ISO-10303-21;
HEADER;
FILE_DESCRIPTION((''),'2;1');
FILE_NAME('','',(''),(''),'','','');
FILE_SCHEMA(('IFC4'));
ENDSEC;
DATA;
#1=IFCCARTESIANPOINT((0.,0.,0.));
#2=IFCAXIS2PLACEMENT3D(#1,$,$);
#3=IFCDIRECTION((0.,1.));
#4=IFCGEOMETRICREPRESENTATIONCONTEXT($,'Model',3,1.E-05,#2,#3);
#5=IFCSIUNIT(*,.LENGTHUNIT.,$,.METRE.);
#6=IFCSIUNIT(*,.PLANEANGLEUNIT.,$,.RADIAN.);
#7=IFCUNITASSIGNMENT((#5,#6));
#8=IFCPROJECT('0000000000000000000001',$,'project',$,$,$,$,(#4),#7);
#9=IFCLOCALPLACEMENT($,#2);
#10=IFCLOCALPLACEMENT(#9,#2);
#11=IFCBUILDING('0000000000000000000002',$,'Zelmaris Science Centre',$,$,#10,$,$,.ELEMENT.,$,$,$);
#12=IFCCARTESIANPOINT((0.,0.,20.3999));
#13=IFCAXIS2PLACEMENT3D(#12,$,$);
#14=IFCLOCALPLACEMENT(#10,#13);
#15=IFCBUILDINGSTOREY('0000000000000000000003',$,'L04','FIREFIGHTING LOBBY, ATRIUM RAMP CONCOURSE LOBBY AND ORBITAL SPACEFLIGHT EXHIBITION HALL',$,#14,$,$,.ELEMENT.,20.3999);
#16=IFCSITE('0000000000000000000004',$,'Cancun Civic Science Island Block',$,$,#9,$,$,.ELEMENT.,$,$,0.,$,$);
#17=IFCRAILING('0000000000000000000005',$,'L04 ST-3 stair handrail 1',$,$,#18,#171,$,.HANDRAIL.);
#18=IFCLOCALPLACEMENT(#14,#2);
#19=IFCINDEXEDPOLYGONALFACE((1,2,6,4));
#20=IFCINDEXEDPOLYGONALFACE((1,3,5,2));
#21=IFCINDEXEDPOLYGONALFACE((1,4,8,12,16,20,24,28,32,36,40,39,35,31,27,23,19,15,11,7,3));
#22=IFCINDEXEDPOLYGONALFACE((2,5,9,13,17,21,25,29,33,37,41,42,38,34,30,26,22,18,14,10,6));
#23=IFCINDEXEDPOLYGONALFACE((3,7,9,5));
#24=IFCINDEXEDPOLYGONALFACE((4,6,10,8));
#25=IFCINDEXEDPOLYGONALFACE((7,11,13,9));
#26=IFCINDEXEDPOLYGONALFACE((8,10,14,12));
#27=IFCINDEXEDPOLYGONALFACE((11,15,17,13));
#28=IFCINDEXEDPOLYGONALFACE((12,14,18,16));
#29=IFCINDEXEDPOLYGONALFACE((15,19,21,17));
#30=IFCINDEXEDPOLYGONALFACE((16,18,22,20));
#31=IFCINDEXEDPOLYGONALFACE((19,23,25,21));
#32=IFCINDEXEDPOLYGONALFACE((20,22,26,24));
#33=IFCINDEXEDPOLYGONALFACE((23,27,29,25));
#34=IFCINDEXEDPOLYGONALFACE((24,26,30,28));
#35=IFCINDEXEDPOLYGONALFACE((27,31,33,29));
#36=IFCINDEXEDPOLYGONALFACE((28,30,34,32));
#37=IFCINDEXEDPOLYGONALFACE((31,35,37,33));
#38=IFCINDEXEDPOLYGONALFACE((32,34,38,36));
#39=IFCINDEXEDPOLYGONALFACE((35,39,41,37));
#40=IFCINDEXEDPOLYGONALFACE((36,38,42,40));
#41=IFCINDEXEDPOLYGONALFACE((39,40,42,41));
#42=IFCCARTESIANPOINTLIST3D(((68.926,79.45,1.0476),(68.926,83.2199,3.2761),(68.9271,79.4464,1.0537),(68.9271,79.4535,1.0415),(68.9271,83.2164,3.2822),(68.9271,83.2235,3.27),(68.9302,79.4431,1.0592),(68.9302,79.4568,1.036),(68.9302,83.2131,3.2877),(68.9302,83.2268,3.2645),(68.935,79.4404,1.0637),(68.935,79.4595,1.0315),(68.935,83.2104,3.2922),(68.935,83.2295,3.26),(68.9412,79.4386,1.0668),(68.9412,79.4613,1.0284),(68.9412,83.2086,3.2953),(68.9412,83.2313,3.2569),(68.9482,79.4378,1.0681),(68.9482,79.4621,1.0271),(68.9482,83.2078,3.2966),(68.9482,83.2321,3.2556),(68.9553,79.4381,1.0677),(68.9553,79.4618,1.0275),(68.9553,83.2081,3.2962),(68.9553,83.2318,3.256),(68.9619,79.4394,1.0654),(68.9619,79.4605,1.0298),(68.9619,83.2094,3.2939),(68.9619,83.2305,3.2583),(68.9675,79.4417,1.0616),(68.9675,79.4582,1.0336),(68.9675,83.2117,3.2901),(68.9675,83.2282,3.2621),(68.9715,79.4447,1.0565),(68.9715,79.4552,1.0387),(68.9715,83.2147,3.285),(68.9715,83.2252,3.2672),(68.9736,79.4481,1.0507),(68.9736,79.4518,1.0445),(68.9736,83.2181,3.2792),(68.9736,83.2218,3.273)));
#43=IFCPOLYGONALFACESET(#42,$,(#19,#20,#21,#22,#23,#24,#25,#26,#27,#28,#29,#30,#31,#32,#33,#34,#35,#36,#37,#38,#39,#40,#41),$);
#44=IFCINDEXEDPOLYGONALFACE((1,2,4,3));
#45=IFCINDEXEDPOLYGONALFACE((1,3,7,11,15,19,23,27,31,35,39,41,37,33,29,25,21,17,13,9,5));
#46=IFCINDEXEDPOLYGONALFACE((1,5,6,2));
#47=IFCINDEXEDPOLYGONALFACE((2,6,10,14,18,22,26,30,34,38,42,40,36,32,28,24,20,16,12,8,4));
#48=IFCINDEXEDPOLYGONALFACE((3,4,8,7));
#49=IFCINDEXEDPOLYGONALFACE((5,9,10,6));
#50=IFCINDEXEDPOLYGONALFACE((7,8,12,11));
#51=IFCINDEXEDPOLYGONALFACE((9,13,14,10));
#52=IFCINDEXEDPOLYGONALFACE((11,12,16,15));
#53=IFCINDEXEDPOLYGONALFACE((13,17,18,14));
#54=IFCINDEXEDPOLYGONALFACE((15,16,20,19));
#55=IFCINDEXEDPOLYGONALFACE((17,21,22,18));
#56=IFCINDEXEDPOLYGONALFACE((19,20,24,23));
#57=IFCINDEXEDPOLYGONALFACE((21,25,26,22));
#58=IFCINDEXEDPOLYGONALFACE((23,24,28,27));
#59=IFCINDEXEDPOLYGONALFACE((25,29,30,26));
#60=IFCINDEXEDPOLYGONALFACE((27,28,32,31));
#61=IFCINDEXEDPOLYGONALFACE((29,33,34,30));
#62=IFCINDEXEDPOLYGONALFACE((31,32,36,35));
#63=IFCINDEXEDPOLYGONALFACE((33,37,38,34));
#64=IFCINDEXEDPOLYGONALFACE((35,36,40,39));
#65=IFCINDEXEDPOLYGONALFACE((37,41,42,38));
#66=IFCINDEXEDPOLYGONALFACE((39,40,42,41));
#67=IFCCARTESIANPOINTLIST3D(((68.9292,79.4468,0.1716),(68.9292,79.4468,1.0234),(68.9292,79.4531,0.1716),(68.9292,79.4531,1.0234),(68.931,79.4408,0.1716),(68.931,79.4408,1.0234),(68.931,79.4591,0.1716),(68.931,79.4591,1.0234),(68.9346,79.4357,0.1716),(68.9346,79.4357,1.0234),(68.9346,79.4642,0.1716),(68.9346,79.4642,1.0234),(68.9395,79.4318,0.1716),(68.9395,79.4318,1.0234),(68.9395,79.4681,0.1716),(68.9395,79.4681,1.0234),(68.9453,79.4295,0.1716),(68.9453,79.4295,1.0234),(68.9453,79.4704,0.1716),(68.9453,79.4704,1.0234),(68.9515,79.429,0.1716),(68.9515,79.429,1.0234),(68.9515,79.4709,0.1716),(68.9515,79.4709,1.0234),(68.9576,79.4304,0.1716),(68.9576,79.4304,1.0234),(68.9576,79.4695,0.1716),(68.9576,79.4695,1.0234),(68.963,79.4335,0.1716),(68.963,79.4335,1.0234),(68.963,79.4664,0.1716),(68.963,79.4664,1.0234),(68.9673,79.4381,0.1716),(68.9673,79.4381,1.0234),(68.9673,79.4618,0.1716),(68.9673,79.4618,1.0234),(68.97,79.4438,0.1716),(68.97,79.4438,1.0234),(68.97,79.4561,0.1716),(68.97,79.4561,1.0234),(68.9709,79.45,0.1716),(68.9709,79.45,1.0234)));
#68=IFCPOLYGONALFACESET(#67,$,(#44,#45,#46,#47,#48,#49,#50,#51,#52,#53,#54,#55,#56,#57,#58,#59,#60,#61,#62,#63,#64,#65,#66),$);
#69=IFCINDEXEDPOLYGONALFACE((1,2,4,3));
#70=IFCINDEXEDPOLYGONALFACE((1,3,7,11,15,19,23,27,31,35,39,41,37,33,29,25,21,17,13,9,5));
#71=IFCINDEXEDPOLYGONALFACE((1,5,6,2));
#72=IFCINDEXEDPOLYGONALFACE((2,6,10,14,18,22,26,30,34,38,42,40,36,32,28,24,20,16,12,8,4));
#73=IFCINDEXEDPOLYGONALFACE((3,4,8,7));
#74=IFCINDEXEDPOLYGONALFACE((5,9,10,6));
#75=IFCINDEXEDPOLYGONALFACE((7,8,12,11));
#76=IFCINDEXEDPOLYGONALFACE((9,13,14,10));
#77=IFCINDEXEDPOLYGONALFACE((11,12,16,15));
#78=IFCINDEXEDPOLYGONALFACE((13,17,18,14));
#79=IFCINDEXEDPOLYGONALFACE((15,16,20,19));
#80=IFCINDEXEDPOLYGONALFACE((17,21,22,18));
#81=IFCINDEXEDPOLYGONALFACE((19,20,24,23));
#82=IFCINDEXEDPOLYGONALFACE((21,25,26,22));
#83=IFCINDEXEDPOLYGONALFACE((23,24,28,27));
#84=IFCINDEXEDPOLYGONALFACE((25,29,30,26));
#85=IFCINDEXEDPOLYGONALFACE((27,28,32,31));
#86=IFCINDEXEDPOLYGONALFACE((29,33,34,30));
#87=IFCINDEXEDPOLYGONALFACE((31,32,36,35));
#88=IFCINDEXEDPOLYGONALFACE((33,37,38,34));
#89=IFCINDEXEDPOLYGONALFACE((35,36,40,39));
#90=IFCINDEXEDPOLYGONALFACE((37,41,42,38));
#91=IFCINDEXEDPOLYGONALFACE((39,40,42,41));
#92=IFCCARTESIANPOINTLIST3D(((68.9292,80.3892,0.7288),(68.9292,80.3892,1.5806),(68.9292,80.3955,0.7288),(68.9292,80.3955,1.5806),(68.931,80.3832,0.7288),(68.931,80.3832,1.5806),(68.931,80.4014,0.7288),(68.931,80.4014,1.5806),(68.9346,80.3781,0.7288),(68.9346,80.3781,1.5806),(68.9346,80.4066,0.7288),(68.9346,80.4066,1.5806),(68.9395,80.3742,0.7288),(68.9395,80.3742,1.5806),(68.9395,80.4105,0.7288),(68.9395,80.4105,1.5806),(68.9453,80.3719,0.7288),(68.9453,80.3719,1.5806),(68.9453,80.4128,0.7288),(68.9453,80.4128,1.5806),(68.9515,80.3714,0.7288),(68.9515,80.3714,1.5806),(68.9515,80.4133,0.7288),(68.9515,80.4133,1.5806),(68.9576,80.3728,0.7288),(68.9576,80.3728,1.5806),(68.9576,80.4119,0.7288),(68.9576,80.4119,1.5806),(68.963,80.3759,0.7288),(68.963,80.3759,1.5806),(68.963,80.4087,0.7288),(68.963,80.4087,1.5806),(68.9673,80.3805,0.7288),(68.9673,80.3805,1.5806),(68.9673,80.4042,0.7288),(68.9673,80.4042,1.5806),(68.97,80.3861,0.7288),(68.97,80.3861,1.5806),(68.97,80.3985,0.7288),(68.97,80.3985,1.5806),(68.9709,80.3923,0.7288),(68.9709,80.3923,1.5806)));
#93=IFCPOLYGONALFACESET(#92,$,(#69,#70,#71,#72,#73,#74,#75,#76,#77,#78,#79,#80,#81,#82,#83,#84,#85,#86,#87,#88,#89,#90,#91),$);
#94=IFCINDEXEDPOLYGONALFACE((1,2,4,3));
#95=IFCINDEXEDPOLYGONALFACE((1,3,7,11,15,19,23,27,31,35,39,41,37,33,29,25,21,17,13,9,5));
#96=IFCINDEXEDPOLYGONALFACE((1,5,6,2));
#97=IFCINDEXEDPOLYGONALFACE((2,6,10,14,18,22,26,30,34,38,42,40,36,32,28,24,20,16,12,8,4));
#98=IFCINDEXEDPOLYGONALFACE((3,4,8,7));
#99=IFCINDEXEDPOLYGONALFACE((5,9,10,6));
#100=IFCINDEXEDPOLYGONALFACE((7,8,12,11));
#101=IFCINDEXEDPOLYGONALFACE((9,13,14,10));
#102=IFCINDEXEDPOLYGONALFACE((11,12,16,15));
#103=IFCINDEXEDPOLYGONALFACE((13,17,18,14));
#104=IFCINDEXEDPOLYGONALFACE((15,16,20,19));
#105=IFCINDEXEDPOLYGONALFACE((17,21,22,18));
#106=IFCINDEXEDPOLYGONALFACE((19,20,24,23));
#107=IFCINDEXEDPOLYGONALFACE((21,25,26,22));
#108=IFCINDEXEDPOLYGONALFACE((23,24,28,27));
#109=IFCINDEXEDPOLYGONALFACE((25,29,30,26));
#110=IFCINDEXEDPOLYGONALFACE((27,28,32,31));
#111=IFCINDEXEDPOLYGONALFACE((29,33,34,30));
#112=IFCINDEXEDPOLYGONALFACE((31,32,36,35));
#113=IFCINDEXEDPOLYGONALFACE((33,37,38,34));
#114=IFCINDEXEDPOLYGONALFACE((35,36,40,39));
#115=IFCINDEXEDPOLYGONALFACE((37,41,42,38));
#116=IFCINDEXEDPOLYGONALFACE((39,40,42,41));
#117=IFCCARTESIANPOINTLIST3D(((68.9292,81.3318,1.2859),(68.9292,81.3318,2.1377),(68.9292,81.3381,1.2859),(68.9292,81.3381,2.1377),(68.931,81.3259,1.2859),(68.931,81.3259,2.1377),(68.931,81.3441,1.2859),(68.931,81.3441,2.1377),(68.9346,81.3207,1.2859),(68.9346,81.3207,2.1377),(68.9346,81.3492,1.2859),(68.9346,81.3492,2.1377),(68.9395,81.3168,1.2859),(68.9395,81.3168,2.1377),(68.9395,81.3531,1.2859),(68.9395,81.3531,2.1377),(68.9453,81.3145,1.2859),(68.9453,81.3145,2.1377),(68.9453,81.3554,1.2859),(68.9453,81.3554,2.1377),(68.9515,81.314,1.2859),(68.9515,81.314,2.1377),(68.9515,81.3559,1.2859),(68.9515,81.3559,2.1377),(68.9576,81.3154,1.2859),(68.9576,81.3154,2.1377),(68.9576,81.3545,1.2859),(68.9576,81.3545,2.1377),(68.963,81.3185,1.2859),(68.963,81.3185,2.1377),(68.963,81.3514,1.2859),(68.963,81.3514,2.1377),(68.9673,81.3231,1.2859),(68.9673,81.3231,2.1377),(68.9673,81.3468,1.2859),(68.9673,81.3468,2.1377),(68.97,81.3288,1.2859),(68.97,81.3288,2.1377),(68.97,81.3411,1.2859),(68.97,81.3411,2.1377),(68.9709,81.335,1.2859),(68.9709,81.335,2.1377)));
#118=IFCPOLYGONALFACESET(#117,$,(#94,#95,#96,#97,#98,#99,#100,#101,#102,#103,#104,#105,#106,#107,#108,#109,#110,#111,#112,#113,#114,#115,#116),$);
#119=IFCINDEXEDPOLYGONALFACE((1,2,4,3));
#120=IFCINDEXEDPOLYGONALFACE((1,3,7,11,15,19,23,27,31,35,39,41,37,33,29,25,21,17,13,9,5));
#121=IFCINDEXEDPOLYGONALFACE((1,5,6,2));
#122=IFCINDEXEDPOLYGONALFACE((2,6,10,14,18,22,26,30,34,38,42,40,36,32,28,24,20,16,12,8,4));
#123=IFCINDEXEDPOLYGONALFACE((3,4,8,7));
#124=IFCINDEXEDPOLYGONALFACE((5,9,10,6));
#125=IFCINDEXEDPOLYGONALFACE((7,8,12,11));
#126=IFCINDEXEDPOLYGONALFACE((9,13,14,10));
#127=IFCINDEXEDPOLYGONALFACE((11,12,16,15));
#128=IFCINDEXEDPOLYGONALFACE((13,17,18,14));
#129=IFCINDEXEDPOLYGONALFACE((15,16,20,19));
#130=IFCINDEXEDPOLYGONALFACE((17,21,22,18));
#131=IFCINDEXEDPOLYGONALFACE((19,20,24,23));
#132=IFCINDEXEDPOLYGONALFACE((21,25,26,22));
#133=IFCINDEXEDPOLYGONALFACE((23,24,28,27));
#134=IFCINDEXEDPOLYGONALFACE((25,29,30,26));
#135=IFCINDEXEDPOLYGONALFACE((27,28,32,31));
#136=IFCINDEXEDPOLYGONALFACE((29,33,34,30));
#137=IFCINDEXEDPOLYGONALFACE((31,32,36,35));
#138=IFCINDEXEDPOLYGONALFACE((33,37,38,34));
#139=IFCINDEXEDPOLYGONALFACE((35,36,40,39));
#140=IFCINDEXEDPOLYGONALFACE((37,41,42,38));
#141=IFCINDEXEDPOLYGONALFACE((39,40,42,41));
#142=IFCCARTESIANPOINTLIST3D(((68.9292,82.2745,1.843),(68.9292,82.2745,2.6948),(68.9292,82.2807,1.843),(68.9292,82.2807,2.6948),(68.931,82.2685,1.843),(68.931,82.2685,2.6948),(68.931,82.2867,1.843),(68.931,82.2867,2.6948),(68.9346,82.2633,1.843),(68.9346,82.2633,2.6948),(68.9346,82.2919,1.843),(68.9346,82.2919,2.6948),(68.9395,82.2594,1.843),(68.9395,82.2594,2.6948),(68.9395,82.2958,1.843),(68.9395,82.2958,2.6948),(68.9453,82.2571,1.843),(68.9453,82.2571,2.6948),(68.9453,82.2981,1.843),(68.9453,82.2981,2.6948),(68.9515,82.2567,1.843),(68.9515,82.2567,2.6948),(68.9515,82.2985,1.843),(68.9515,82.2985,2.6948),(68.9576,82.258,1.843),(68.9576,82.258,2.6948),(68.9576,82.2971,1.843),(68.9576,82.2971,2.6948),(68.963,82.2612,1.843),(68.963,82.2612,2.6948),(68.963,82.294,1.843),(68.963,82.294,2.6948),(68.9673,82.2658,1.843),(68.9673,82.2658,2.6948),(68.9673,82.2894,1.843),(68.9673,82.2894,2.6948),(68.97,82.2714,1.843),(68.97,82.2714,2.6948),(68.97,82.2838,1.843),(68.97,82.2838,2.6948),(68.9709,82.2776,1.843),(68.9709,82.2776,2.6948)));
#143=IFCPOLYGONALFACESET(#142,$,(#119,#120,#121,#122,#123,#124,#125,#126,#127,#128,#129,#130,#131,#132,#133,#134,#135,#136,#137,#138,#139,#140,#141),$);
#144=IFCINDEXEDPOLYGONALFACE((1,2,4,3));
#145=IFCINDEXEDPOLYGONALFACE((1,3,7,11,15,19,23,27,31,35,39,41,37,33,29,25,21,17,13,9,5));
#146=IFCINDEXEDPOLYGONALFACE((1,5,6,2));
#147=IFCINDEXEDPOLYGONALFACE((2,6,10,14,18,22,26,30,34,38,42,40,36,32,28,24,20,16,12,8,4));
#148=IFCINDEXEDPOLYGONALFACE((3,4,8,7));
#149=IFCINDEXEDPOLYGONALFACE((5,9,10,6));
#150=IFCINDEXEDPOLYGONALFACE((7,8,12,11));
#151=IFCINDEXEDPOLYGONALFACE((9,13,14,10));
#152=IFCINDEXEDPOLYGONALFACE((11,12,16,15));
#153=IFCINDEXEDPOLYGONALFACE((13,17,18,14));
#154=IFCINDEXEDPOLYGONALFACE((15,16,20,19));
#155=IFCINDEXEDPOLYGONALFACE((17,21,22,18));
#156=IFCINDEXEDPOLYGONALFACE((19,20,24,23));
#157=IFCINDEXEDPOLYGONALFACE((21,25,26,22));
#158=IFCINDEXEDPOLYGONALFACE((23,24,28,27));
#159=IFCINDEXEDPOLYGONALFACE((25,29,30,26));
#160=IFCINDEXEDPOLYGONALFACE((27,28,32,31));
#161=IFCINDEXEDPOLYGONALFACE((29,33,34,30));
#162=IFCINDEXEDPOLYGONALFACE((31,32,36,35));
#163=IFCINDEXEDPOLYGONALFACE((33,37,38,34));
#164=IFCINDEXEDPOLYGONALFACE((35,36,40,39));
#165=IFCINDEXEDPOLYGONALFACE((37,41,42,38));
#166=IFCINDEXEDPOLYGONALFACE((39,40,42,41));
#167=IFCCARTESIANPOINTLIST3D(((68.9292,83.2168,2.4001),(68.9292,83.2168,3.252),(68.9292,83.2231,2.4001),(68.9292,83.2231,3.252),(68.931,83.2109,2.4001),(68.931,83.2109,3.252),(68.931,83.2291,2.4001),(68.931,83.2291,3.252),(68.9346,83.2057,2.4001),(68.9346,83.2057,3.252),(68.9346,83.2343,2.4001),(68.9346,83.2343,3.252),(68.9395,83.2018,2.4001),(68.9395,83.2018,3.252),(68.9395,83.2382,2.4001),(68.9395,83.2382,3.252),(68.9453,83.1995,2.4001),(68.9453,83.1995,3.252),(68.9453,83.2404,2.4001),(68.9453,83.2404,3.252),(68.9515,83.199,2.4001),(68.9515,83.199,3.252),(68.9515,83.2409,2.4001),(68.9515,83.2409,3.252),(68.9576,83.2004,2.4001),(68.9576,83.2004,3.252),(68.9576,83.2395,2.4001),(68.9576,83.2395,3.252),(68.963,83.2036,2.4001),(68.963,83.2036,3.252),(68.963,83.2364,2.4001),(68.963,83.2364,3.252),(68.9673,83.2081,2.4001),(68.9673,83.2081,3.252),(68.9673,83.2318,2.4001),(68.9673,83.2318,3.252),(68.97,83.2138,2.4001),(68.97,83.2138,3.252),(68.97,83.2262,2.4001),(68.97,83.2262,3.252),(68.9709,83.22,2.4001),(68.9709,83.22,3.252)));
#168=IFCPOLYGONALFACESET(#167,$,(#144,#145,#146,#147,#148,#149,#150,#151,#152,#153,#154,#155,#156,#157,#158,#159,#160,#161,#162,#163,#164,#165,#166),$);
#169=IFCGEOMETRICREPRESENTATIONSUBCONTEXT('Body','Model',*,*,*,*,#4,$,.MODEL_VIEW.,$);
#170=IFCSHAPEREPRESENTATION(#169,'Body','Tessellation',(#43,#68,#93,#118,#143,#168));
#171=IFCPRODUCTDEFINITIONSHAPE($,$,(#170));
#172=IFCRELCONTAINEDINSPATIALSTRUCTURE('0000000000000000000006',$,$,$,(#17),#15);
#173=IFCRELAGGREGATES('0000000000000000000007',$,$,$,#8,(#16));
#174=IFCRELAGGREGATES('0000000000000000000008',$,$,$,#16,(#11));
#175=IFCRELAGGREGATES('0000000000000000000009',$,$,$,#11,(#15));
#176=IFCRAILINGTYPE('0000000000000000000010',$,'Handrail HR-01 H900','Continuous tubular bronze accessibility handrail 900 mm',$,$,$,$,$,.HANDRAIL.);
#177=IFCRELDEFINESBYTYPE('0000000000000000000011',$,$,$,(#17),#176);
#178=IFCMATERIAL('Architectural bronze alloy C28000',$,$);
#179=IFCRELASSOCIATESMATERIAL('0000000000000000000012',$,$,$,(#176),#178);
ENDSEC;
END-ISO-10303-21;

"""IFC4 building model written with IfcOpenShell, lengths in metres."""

from ifc_helpers import new_model, si_unit, direction, frame, origin, origin_2d, place, context, subcontext, project, spatial, circle, extrude, material, type_object, element, save


model = new_model("IFC4")

# Units and contexts
model_context = context("Model", 3, precision=1e-05, world=origin(), true_north=direction((0.0, 1.0)))
body_context = subcontext(model_context, "Body", "Model", "MODEL_VIEW")
ifc_project = project(units=[si_unit("LENGTHUNIT", "METRE"), si_unit("PLANEANGLEUNIT", "RADIAN")], contexts=[model_context])

# Site, building, storey
site_placement = place(None, origin())
site = spatial("IfcSite", under=ifc_project, at=site_placement, Name="Cancun Civic Science Island Block", CompositionType="ELEMENT", RefElevation=0.0)
building_placement = place(site_placement, origin())
building = spatial("IfcBuilding", under=site, at=building_placement, Name="Zelmaris Science Centre", CompositionType="ELEMENT")
storey_placement = place(building_placement, frame((0.0, 0.0, 20.3999)))
storey = spatial("IfcBuildingStorey", under=building, at=storey_placement, Name="L04", Description="FIREFIGHTING LOBBY, ATRIUM RAMP CONCOURSE LOBBY AND ORBITAL SPACEFLIGHT EXHIBITION HALL", CompositionType="ELEMENT", Elevation=20.3999)

# Railing
ifc_material_1 = material(Name="Architectural bronze alloy C28000")
railing_type_1 = type_object("IfcRailingType", Name="Handrail HR-01 H900", Description="Continuous tubular bronze accessibility handrail 900 mm", PredefinedType="HANDRAIL", material=ifc_material_1)
railing_1_placement = place(storey_placement, frame((68.95, 79.45, 0.1716)))
element("IfcRailing", 1, at=railing_1_placement, inside=storey, type_object=railing_type_1, Name="L04 ST-3 stair handrail 1", PredefinedType="HANDRAIL", context=body_context, shape_type="SweptSolid", body=[
    extrude(circle(Radius=0.0239, at=origin_2d()), frame((0.0, 0.0, 0.876), z_axis=(0.0, 0.860849, 0.508861), x_axis=(-1.0, 0.0, 0.0)), (0.0, 0.0, 1.0), 4.3794),
    extrude(circle(Radius=0.021, at=origin_2d()), origin(), (0.0, 0.0, 1.0), 0.8518),
    extrude(circle(Radius=0.021, at=origin_2d()), frame((0.0, 0.9424, 0.5571)), (0.0, 0.0, 1.0), 0.8518),
    extrude(circle(Radius=0.021, at=origin_2d()), frame((0.0, 1.885, 1.1143)), (0.0, 0.0, 1.0), 0.8518),
    extrude(circle(Radius=0.021, at=origin_2d()), frame((0.0, 2.8276, 1.6714)), (0.0, 0.0, 1.0), 0.8518),
    extrude(circle(Radius=0.021, at=origin_2d()), frame((0.0, 3.77, 2.2285)), (0.0, 0.0, 1.0), 0.8518),
])

save(model, "model.ifc")
